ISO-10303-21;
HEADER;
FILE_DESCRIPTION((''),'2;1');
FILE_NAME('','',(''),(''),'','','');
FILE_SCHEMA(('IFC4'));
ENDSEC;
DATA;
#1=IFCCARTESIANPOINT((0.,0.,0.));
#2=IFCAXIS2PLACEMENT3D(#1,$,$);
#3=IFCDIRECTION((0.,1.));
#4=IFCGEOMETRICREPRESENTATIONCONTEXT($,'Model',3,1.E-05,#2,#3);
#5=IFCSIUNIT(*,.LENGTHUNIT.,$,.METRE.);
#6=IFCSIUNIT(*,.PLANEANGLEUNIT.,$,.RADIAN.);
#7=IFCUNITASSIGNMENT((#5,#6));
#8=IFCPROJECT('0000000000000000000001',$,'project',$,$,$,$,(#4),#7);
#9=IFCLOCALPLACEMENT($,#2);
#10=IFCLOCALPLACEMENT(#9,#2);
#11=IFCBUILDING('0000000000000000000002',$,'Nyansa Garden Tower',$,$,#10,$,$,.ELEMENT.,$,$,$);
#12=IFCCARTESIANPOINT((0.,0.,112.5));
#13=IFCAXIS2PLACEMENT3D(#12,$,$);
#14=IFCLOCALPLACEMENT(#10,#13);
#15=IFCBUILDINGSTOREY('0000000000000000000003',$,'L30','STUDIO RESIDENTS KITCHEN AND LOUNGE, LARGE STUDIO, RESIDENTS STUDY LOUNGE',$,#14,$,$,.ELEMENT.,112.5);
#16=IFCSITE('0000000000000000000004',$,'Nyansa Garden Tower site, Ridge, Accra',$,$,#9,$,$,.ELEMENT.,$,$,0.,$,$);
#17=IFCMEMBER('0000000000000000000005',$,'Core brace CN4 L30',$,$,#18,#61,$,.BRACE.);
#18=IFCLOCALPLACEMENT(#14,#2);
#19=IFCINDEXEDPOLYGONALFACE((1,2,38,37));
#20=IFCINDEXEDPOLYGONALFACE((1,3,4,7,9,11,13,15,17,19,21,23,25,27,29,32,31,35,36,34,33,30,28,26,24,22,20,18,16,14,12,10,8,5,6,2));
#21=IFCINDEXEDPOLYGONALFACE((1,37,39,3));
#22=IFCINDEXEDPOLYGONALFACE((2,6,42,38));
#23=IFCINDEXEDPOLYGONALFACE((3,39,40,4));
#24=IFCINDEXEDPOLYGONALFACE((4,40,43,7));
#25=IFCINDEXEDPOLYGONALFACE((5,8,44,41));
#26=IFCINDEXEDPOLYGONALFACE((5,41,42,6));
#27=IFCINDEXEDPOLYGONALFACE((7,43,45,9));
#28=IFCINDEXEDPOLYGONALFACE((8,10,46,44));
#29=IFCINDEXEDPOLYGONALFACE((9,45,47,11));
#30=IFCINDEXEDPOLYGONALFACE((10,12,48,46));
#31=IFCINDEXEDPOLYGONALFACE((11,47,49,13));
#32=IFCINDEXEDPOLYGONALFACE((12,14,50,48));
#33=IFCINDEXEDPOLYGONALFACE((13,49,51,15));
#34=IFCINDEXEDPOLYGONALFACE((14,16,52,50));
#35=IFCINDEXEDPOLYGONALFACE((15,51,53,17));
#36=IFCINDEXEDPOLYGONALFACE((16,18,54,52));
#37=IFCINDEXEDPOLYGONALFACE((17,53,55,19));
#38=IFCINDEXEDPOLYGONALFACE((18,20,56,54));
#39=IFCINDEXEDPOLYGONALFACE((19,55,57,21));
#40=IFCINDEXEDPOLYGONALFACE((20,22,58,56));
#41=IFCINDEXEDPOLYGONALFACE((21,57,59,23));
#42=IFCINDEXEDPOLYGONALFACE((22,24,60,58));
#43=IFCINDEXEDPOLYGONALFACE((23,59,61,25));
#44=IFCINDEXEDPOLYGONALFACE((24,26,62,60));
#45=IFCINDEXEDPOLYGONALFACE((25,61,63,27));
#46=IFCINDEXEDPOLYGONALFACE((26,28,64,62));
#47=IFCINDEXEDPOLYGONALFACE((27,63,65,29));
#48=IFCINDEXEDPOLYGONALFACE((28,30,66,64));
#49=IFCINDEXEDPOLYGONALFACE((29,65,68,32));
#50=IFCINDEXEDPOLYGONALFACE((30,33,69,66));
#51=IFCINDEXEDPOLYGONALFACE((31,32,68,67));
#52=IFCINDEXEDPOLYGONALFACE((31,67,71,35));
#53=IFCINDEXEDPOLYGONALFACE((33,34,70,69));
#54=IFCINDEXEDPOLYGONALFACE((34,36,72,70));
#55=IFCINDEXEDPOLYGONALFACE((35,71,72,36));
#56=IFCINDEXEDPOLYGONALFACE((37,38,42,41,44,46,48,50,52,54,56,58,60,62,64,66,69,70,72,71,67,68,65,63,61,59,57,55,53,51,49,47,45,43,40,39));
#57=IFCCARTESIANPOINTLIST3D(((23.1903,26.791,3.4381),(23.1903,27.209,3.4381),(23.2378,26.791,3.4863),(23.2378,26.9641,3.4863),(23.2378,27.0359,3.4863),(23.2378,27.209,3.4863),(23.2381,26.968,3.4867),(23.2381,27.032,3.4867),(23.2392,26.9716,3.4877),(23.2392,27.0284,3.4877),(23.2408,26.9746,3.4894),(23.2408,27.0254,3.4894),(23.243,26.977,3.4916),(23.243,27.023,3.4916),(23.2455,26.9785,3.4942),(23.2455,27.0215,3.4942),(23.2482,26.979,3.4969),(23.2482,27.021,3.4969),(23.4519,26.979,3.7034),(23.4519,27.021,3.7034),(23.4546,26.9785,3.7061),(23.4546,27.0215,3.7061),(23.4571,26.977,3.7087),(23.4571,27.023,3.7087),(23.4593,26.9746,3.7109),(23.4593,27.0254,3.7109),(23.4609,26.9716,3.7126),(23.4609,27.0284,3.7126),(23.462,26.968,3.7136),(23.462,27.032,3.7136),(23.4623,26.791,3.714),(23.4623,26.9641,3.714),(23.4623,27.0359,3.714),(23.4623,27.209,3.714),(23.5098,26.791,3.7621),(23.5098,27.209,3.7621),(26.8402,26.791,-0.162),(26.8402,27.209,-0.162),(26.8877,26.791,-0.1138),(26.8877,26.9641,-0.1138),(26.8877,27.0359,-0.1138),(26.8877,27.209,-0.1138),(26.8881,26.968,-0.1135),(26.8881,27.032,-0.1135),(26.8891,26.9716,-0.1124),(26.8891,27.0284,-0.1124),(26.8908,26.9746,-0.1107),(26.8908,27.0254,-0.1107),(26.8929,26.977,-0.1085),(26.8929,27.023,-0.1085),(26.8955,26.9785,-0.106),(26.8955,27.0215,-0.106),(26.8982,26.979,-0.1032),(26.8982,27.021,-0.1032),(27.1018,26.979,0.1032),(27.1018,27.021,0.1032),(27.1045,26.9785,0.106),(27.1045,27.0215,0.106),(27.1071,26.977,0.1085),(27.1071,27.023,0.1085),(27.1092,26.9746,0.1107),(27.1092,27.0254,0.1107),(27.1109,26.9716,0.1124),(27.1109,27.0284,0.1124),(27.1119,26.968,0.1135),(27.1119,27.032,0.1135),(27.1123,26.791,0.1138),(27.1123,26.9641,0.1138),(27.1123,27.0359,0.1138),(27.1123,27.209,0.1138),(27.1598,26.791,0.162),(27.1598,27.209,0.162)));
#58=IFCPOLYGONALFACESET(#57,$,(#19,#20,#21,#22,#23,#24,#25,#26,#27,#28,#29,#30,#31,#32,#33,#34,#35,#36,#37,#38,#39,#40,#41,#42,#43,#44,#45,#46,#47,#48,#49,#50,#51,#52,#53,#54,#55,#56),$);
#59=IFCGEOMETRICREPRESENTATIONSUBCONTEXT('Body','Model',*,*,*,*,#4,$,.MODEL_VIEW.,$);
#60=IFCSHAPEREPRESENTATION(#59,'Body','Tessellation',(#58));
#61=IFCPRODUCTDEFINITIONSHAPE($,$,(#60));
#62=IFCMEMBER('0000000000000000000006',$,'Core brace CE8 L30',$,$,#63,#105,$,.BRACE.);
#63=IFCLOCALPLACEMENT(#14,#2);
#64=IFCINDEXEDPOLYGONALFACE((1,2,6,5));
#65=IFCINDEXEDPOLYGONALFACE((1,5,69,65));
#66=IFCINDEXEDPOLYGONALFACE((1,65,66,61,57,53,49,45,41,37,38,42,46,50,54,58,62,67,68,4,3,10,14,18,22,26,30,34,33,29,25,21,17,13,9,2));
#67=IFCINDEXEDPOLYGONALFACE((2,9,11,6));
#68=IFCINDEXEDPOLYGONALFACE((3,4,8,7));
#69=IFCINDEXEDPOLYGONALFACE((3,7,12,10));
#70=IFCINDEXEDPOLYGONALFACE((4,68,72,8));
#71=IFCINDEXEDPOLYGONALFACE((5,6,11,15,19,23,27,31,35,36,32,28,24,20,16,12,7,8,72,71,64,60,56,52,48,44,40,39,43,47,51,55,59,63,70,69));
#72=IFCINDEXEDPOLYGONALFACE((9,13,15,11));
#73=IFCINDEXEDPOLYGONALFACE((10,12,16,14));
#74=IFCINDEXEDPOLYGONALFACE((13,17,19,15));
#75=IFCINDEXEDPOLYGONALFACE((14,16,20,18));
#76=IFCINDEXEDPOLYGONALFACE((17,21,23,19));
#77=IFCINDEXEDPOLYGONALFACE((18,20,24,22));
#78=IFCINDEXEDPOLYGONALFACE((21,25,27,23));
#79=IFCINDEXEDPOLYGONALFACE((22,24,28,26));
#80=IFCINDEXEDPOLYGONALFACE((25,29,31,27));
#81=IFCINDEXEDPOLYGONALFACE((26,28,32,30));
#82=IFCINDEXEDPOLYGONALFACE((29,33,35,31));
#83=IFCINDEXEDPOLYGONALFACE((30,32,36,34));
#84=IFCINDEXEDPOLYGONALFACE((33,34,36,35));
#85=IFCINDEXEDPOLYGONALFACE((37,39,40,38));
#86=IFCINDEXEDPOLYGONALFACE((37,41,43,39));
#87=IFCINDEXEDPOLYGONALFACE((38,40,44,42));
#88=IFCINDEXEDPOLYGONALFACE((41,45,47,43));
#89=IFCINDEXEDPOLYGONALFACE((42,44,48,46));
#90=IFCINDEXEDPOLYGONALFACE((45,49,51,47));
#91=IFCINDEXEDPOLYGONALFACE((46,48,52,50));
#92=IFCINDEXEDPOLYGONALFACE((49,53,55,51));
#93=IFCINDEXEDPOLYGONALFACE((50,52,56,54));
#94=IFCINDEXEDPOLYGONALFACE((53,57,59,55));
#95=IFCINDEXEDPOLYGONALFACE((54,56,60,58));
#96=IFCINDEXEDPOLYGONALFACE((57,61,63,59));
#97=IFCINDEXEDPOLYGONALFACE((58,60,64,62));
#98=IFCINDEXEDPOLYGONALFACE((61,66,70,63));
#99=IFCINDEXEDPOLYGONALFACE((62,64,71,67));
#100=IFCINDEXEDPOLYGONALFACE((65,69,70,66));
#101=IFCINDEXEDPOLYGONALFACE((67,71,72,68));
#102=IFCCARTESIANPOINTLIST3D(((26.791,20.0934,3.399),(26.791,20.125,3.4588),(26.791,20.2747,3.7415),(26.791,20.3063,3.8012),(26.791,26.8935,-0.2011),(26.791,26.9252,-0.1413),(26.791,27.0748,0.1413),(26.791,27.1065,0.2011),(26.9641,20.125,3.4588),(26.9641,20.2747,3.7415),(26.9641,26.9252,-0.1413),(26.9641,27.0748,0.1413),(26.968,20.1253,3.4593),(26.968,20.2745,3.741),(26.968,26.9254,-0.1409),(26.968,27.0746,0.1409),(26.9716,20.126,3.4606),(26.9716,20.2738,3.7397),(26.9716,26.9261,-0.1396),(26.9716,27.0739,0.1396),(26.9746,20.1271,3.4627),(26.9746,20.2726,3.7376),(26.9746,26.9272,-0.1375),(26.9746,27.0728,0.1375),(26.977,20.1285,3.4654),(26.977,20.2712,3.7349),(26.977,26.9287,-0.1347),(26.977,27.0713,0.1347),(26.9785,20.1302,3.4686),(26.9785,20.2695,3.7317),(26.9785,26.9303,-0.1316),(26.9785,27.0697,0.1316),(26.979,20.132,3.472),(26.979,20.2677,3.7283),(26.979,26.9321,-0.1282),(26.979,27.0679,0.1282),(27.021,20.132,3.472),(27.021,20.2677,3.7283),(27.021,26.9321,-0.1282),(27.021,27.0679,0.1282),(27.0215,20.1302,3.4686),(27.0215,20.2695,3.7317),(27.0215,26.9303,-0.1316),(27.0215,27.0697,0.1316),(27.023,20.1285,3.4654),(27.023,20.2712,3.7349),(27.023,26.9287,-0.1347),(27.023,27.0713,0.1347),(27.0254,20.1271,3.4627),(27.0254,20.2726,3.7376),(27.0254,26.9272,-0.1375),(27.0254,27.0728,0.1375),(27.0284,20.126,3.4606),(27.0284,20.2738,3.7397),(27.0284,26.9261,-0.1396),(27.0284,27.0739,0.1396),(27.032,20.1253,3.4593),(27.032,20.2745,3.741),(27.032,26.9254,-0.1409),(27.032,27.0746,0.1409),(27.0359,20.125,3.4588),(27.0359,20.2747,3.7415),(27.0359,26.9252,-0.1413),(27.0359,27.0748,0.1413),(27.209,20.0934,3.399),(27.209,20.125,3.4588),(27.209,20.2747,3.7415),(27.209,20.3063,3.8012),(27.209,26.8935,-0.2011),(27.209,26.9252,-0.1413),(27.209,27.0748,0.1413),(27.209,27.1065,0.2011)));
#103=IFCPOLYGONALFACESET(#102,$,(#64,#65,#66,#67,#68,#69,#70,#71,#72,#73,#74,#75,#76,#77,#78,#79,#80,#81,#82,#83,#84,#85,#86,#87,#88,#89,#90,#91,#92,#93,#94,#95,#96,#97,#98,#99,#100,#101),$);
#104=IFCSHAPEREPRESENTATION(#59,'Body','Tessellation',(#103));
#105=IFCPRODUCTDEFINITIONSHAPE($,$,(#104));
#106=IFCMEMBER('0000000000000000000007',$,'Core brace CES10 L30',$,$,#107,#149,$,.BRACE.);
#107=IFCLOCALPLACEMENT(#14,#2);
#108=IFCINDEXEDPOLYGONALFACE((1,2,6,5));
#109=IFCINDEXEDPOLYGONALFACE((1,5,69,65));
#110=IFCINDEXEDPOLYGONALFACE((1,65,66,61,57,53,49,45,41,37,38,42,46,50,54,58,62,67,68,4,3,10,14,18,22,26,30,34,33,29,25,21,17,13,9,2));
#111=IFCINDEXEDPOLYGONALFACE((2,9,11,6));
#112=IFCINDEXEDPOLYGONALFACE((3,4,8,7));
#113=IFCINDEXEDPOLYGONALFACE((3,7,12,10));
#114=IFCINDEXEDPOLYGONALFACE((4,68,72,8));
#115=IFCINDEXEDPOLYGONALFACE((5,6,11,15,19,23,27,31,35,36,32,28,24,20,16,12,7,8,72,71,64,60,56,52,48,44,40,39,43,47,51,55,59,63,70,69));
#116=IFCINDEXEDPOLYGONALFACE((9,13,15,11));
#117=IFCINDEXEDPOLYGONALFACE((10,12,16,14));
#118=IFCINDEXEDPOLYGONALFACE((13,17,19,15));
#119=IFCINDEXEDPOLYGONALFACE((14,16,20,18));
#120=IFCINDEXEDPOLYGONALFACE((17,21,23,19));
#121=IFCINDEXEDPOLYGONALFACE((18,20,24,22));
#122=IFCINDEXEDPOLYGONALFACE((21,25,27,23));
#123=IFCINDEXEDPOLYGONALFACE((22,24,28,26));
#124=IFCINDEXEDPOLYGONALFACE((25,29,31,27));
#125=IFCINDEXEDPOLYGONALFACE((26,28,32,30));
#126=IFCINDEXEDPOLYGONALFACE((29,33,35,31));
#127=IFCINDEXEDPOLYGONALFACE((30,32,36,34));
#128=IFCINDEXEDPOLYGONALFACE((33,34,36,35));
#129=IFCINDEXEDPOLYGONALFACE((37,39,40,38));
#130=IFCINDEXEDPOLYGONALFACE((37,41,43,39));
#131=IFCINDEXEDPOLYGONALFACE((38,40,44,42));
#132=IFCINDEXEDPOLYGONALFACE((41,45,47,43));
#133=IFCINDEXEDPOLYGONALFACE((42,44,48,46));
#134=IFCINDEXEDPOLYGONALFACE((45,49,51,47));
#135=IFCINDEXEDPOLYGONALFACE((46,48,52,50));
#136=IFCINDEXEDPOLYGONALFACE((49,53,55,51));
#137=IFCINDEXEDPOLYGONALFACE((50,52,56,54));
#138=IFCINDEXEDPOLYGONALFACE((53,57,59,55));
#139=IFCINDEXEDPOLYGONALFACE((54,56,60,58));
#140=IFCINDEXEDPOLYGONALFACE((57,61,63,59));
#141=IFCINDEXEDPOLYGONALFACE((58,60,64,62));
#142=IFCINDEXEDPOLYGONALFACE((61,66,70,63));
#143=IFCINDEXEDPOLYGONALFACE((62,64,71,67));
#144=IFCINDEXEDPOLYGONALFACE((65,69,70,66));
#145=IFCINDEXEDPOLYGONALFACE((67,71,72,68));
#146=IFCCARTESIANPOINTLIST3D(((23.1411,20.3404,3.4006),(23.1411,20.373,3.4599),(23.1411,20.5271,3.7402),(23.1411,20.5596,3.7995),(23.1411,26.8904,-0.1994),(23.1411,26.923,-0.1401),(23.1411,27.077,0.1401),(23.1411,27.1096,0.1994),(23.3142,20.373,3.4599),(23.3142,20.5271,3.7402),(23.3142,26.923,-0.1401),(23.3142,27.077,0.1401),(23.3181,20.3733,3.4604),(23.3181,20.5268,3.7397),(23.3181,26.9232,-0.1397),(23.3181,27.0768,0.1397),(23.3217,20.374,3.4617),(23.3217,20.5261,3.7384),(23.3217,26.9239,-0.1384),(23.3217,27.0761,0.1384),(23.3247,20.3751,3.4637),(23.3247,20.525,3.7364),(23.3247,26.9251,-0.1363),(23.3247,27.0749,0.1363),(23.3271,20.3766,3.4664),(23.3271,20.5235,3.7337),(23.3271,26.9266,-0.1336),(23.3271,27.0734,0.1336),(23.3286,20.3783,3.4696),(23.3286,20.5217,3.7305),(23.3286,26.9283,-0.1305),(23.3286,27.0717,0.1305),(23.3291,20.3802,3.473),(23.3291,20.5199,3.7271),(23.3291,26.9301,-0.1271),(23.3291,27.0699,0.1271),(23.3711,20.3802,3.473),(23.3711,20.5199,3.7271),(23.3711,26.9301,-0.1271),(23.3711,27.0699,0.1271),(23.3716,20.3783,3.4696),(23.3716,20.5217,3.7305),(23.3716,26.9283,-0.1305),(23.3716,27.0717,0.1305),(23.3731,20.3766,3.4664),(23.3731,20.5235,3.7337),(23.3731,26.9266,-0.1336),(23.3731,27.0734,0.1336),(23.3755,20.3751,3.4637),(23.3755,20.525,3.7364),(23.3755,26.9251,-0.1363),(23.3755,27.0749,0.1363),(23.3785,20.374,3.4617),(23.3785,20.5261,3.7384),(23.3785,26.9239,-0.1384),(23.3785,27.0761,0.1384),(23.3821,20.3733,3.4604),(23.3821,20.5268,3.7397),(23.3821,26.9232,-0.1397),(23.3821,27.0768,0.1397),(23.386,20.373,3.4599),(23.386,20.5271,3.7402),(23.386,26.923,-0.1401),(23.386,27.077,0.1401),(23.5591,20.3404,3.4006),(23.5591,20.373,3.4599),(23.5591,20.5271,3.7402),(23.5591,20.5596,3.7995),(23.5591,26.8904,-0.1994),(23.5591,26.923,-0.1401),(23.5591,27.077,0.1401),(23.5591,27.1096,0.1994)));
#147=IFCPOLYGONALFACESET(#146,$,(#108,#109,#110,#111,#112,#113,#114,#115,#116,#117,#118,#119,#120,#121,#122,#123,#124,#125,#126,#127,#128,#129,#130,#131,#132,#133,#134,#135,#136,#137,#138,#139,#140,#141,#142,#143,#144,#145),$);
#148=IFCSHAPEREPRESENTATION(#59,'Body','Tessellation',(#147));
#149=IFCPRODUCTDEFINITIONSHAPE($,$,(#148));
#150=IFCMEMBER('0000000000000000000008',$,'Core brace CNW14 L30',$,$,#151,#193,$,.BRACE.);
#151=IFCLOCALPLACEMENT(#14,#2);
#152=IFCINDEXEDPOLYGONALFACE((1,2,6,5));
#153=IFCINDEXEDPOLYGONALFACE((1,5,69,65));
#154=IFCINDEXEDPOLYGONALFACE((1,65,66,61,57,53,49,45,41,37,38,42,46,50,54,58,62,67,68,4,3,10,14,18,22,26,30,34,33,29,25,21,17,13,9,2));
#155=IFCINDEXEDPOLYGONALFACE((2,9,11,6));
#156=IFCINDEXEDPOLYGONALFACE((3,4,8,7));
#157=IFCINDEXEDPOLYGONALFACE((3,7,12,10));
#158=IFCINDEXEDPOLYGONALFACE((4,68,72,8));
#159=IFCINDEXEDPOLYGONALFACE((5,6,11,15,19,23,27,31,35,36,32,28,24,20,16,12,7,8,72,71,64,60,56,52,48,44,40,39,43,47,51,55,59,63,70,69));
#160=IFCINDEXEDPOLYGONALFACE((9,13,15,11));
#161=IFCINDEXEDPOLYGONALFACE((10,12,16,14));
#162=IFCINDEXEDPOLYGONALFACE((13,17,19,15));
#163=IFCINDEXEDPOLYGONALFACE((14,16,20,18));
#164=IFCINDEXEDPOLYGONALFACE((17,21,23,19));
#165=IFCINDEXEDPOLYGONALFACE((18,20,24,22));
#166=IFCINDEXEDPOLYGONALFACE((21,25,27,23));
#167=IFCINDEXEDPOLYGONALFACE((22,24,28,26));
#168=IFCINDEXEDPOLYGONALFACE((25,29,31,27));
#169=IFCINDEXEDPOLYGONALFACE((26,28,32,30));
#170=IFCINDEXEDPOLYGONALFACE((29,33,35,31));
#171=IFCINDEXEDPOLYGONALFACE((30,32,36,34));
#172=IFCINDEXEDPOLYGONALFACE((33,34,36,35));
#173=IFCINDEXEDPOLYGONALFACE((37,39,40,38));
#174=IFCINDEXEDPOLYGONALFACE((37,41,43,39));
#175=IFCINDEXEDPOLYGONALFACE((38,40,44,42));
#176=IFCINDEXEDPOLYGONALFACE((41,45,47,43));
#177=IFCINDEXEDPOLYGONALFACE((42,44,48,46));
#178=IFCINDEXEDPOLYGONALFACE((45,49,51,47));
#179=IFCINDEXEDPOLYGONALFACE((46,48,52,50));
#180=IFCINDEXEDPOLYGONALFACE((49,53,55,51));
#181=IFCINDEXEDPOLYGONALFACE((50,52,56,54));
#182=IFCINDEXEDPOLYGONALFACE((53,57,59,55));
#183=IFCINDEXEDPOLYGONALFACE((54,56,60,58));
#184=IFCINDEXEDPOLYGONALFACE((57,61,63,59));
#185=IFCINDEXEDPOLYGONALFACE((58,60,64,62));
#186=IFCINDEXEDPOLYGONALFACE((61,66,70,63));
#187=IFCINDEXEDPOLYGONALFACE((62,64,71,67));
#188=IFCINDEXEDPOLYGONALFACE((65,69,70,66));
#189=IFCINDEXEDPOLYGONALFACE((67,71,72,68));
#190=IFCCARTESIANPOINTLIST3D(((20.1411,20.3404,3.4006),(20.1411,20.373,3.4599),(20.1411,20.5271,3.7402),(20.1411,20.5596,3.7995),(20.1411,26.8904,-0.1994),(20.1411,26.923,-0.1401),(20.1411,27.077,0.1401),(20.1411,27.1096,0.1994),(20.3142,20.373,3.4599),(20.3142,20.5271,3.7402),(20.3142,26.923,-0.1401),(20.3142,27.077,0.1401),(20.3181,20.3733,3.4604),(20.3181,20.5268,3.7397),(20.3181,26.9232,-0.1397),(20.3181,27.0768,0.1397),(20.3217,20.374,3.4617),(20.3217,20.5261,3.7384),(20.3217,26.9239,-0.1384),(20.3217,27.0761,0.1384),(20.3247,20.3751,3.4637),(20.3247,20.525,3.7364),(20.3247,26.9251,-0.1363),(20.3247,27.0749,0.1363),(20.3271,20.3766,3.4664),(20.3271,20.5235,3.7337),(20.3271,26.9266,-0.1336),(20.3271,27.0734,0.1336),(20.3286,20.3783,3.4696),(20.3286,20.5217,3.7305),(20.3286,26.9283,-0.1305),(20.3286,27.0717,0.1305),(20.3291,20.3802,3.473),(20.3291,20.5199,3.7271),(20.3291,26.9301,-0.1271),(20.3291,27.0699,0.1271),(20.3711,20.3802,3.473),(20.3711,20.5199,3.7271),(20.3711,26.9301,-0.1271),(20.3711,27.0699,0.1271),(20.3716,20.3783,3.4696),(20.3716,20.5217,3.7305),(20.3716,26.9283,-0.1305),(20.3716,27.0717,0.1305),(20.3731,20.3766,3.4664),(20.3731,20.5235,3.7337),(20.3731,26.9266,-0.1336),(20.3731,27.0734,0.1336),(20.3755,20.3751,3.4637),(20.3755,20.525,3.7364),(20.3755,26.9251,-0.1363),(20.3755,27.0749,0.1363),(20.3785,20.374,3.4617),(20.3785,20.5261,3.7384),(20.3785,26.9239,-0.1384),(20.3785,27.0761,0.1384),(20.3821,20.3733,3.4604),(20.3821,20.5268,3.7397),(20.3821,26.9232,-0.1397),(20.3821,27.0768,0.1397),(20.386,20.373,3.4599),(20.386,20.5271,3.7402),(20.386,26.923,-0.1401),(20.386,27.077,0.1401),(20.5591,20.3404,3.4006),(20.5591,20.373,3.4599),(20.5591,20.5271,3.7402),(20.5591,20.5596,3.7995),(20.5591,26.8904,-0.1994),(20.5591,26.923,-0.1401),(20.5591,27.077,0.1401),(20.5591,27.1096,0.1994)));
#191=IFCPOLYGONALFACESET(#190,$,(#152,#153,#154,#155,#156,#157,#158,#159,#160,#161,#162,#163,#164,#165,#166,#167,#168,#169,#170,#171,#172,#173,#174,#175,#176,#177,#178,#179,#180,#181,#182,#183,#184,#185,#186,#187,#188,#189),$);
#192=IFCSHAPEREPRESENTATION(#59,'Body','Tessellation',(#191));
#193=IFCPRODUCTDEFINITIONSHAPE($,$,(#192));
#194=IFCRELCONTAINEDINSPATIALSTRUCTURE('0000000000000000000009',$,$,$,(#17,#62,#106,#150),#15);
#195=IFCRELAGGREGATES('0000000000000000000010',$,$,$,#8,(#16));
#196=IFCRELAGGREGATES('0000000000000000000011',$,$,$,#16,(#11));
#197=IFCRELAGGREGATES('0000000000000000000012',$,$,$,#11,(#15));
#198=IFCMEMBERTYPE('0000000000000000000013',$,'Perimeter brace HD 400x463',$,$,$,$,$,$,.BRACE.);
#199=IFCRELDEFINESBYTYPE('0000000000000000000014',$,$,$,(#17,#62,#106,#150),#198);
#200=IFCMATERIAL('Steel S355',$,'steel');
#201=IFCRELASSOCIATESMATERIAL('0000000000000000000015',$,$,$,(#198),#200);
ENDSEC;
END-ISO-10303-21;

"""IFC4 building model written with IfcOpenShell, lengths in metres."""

from ifc_helpers import new_model, si_unit, direction, frame, origin, origin_2d, place, context, subcontext, project, spatial, i_section, extrude, material, material_profile, profile_set, type_object, element, save


model = new_model("IFC4")

# Units and contexts
model_context = context("Model", 3, precision=1e-05, world=origin(), true_north=direction((0.0, 1.0)))
body_context = subcontext(model_context, "Body", "Model", "MODEL_VIEW")
ifc_project = project(units=[si_unit("LENGTHUNIT", "METRE"), si_unit("PLANEANGLEUNIT", "RADIAN")], contexts=[model_context])

# Site, building, storey
site_placement = place(None, origin())
site = spatial("IfcSite", under=ifc_project, at=site_placement, Name="Nyansa Garden Tower site, Ridge, Accra", CompositionType="ELEMENT", RefElevation=0.0)
building_placement = place(site_placement, origin())
building = spatial("IfcBuilding", under=site, at=building_placement, Name="Nyansa Garden Tower", CompositionType="ELEMENT")
storey_placement = place(building_placement, frame((0.0, 0.0, 112.5)))
storey = spatial("IfcBuildingStorey", under=building, at=storey_placement, Name="L30", Description="STUDIO RESIDENTS KITCHEN AND LOUNGE, LARGE STUDIO, RESIDENTS STUDY LOUNGE", CompositionType="ELEMENT", Elevation=112.5)

# Members
ifc_material_1 = material(Name="Steel S355", Category="steel")
ifc_material_profile_1 = material_profile(ifc_material_1, i_section(OverallWidth=0.418, OverallDepth=0.4551, WebThickness=0.042, FlangeThickness=0.0676, FilletRadius=0.0149, at=origin_2d()), Name="HD 400x463")
ifc_profile_set_1 = profile_set([ifc_material_profile_1], Name="Steel S355")
member_type = type_object("IfcMemberType", Name="Perimeter brace HD 400x463", PredefinedType="BRACE", material=ifc_profile_set_1)
member_1_placement = place(storey_placement, frame((27.0, 27.0, 0.0), z_axis=(-0.711948, 0.0, 0.702233), x_axis=(0.0, -1.0, 0.0)))
element("IfcMember", 1, at=member_1_placement, inside=storey, type_object=member_type, Name="Core brace CN4 L30", PredefinedType="BRACE", context=body_context, shape_type="SweptSolid", body=[
    extrude(i_section(OverallWidth=0.418, OverallDepth=0.4551, WebThickness=0.042, FlangeThickness=0.0676, FilletRadius=0.0149, at=origin_2d()), origin(), (0.0, 0.0, 1.0), 5.1267),
])
member_2_placement = place(storey_placement, frame((27.0, 27.0, 0.0), z_axis=(0.0, -0.883784, 0.467895), x_axis=(1.0, 0.0, 0.0)))
element("IfcMember", 2, at=member_2_placement, inside=storey, type_object=member_type, Name="Core brace CE8 L30", PredefinedType="BRACE", context=body_context, shape_type="SweptSolid", body=[
    extrude(i_section(OverallWidth=0.418, OverallDepth=0.4551, WebThickness=0.042, FlangeThickness=0.0676, FilletRadius=0.0149, at=origin_2d()), origin(), (0.0, 0.0, 1.0), 7.6943),
])
for number, where, z_axis, x_axis, name in (
    (3, (23.3501, 27.0, 0.0), (0.0, -0.876353, 0.481669), (1.0, 0.0, 0.0), "Core brace CES10 L30"),
    (4, (20.3501, 27.0, 0.0), (0.0, -0.876353, 0.481669), (1.0, 0.0, 0.0), "Core brace CNW14 L30"),
):
    element("IfcMember", number, at=place(storey_placement, frame(where, z_axis=z_axis, x_axis=x_axis)), inside=storey, type_object=member_type, Name=name, PredefinedType="BRACE", context=body_context, shape_type="SweptSolid", body=[
        extrude(i_section(OverallWidth=0.418, OverallDepth=0.4551, WebThickness=0.042, FlangeThickness=0.0676, FilletRadius=0.0149, at=origin_2d()), origin(), (0.0, 0.0, 1.0), 7.4741),
    ])

save(model, "model.ifc")
